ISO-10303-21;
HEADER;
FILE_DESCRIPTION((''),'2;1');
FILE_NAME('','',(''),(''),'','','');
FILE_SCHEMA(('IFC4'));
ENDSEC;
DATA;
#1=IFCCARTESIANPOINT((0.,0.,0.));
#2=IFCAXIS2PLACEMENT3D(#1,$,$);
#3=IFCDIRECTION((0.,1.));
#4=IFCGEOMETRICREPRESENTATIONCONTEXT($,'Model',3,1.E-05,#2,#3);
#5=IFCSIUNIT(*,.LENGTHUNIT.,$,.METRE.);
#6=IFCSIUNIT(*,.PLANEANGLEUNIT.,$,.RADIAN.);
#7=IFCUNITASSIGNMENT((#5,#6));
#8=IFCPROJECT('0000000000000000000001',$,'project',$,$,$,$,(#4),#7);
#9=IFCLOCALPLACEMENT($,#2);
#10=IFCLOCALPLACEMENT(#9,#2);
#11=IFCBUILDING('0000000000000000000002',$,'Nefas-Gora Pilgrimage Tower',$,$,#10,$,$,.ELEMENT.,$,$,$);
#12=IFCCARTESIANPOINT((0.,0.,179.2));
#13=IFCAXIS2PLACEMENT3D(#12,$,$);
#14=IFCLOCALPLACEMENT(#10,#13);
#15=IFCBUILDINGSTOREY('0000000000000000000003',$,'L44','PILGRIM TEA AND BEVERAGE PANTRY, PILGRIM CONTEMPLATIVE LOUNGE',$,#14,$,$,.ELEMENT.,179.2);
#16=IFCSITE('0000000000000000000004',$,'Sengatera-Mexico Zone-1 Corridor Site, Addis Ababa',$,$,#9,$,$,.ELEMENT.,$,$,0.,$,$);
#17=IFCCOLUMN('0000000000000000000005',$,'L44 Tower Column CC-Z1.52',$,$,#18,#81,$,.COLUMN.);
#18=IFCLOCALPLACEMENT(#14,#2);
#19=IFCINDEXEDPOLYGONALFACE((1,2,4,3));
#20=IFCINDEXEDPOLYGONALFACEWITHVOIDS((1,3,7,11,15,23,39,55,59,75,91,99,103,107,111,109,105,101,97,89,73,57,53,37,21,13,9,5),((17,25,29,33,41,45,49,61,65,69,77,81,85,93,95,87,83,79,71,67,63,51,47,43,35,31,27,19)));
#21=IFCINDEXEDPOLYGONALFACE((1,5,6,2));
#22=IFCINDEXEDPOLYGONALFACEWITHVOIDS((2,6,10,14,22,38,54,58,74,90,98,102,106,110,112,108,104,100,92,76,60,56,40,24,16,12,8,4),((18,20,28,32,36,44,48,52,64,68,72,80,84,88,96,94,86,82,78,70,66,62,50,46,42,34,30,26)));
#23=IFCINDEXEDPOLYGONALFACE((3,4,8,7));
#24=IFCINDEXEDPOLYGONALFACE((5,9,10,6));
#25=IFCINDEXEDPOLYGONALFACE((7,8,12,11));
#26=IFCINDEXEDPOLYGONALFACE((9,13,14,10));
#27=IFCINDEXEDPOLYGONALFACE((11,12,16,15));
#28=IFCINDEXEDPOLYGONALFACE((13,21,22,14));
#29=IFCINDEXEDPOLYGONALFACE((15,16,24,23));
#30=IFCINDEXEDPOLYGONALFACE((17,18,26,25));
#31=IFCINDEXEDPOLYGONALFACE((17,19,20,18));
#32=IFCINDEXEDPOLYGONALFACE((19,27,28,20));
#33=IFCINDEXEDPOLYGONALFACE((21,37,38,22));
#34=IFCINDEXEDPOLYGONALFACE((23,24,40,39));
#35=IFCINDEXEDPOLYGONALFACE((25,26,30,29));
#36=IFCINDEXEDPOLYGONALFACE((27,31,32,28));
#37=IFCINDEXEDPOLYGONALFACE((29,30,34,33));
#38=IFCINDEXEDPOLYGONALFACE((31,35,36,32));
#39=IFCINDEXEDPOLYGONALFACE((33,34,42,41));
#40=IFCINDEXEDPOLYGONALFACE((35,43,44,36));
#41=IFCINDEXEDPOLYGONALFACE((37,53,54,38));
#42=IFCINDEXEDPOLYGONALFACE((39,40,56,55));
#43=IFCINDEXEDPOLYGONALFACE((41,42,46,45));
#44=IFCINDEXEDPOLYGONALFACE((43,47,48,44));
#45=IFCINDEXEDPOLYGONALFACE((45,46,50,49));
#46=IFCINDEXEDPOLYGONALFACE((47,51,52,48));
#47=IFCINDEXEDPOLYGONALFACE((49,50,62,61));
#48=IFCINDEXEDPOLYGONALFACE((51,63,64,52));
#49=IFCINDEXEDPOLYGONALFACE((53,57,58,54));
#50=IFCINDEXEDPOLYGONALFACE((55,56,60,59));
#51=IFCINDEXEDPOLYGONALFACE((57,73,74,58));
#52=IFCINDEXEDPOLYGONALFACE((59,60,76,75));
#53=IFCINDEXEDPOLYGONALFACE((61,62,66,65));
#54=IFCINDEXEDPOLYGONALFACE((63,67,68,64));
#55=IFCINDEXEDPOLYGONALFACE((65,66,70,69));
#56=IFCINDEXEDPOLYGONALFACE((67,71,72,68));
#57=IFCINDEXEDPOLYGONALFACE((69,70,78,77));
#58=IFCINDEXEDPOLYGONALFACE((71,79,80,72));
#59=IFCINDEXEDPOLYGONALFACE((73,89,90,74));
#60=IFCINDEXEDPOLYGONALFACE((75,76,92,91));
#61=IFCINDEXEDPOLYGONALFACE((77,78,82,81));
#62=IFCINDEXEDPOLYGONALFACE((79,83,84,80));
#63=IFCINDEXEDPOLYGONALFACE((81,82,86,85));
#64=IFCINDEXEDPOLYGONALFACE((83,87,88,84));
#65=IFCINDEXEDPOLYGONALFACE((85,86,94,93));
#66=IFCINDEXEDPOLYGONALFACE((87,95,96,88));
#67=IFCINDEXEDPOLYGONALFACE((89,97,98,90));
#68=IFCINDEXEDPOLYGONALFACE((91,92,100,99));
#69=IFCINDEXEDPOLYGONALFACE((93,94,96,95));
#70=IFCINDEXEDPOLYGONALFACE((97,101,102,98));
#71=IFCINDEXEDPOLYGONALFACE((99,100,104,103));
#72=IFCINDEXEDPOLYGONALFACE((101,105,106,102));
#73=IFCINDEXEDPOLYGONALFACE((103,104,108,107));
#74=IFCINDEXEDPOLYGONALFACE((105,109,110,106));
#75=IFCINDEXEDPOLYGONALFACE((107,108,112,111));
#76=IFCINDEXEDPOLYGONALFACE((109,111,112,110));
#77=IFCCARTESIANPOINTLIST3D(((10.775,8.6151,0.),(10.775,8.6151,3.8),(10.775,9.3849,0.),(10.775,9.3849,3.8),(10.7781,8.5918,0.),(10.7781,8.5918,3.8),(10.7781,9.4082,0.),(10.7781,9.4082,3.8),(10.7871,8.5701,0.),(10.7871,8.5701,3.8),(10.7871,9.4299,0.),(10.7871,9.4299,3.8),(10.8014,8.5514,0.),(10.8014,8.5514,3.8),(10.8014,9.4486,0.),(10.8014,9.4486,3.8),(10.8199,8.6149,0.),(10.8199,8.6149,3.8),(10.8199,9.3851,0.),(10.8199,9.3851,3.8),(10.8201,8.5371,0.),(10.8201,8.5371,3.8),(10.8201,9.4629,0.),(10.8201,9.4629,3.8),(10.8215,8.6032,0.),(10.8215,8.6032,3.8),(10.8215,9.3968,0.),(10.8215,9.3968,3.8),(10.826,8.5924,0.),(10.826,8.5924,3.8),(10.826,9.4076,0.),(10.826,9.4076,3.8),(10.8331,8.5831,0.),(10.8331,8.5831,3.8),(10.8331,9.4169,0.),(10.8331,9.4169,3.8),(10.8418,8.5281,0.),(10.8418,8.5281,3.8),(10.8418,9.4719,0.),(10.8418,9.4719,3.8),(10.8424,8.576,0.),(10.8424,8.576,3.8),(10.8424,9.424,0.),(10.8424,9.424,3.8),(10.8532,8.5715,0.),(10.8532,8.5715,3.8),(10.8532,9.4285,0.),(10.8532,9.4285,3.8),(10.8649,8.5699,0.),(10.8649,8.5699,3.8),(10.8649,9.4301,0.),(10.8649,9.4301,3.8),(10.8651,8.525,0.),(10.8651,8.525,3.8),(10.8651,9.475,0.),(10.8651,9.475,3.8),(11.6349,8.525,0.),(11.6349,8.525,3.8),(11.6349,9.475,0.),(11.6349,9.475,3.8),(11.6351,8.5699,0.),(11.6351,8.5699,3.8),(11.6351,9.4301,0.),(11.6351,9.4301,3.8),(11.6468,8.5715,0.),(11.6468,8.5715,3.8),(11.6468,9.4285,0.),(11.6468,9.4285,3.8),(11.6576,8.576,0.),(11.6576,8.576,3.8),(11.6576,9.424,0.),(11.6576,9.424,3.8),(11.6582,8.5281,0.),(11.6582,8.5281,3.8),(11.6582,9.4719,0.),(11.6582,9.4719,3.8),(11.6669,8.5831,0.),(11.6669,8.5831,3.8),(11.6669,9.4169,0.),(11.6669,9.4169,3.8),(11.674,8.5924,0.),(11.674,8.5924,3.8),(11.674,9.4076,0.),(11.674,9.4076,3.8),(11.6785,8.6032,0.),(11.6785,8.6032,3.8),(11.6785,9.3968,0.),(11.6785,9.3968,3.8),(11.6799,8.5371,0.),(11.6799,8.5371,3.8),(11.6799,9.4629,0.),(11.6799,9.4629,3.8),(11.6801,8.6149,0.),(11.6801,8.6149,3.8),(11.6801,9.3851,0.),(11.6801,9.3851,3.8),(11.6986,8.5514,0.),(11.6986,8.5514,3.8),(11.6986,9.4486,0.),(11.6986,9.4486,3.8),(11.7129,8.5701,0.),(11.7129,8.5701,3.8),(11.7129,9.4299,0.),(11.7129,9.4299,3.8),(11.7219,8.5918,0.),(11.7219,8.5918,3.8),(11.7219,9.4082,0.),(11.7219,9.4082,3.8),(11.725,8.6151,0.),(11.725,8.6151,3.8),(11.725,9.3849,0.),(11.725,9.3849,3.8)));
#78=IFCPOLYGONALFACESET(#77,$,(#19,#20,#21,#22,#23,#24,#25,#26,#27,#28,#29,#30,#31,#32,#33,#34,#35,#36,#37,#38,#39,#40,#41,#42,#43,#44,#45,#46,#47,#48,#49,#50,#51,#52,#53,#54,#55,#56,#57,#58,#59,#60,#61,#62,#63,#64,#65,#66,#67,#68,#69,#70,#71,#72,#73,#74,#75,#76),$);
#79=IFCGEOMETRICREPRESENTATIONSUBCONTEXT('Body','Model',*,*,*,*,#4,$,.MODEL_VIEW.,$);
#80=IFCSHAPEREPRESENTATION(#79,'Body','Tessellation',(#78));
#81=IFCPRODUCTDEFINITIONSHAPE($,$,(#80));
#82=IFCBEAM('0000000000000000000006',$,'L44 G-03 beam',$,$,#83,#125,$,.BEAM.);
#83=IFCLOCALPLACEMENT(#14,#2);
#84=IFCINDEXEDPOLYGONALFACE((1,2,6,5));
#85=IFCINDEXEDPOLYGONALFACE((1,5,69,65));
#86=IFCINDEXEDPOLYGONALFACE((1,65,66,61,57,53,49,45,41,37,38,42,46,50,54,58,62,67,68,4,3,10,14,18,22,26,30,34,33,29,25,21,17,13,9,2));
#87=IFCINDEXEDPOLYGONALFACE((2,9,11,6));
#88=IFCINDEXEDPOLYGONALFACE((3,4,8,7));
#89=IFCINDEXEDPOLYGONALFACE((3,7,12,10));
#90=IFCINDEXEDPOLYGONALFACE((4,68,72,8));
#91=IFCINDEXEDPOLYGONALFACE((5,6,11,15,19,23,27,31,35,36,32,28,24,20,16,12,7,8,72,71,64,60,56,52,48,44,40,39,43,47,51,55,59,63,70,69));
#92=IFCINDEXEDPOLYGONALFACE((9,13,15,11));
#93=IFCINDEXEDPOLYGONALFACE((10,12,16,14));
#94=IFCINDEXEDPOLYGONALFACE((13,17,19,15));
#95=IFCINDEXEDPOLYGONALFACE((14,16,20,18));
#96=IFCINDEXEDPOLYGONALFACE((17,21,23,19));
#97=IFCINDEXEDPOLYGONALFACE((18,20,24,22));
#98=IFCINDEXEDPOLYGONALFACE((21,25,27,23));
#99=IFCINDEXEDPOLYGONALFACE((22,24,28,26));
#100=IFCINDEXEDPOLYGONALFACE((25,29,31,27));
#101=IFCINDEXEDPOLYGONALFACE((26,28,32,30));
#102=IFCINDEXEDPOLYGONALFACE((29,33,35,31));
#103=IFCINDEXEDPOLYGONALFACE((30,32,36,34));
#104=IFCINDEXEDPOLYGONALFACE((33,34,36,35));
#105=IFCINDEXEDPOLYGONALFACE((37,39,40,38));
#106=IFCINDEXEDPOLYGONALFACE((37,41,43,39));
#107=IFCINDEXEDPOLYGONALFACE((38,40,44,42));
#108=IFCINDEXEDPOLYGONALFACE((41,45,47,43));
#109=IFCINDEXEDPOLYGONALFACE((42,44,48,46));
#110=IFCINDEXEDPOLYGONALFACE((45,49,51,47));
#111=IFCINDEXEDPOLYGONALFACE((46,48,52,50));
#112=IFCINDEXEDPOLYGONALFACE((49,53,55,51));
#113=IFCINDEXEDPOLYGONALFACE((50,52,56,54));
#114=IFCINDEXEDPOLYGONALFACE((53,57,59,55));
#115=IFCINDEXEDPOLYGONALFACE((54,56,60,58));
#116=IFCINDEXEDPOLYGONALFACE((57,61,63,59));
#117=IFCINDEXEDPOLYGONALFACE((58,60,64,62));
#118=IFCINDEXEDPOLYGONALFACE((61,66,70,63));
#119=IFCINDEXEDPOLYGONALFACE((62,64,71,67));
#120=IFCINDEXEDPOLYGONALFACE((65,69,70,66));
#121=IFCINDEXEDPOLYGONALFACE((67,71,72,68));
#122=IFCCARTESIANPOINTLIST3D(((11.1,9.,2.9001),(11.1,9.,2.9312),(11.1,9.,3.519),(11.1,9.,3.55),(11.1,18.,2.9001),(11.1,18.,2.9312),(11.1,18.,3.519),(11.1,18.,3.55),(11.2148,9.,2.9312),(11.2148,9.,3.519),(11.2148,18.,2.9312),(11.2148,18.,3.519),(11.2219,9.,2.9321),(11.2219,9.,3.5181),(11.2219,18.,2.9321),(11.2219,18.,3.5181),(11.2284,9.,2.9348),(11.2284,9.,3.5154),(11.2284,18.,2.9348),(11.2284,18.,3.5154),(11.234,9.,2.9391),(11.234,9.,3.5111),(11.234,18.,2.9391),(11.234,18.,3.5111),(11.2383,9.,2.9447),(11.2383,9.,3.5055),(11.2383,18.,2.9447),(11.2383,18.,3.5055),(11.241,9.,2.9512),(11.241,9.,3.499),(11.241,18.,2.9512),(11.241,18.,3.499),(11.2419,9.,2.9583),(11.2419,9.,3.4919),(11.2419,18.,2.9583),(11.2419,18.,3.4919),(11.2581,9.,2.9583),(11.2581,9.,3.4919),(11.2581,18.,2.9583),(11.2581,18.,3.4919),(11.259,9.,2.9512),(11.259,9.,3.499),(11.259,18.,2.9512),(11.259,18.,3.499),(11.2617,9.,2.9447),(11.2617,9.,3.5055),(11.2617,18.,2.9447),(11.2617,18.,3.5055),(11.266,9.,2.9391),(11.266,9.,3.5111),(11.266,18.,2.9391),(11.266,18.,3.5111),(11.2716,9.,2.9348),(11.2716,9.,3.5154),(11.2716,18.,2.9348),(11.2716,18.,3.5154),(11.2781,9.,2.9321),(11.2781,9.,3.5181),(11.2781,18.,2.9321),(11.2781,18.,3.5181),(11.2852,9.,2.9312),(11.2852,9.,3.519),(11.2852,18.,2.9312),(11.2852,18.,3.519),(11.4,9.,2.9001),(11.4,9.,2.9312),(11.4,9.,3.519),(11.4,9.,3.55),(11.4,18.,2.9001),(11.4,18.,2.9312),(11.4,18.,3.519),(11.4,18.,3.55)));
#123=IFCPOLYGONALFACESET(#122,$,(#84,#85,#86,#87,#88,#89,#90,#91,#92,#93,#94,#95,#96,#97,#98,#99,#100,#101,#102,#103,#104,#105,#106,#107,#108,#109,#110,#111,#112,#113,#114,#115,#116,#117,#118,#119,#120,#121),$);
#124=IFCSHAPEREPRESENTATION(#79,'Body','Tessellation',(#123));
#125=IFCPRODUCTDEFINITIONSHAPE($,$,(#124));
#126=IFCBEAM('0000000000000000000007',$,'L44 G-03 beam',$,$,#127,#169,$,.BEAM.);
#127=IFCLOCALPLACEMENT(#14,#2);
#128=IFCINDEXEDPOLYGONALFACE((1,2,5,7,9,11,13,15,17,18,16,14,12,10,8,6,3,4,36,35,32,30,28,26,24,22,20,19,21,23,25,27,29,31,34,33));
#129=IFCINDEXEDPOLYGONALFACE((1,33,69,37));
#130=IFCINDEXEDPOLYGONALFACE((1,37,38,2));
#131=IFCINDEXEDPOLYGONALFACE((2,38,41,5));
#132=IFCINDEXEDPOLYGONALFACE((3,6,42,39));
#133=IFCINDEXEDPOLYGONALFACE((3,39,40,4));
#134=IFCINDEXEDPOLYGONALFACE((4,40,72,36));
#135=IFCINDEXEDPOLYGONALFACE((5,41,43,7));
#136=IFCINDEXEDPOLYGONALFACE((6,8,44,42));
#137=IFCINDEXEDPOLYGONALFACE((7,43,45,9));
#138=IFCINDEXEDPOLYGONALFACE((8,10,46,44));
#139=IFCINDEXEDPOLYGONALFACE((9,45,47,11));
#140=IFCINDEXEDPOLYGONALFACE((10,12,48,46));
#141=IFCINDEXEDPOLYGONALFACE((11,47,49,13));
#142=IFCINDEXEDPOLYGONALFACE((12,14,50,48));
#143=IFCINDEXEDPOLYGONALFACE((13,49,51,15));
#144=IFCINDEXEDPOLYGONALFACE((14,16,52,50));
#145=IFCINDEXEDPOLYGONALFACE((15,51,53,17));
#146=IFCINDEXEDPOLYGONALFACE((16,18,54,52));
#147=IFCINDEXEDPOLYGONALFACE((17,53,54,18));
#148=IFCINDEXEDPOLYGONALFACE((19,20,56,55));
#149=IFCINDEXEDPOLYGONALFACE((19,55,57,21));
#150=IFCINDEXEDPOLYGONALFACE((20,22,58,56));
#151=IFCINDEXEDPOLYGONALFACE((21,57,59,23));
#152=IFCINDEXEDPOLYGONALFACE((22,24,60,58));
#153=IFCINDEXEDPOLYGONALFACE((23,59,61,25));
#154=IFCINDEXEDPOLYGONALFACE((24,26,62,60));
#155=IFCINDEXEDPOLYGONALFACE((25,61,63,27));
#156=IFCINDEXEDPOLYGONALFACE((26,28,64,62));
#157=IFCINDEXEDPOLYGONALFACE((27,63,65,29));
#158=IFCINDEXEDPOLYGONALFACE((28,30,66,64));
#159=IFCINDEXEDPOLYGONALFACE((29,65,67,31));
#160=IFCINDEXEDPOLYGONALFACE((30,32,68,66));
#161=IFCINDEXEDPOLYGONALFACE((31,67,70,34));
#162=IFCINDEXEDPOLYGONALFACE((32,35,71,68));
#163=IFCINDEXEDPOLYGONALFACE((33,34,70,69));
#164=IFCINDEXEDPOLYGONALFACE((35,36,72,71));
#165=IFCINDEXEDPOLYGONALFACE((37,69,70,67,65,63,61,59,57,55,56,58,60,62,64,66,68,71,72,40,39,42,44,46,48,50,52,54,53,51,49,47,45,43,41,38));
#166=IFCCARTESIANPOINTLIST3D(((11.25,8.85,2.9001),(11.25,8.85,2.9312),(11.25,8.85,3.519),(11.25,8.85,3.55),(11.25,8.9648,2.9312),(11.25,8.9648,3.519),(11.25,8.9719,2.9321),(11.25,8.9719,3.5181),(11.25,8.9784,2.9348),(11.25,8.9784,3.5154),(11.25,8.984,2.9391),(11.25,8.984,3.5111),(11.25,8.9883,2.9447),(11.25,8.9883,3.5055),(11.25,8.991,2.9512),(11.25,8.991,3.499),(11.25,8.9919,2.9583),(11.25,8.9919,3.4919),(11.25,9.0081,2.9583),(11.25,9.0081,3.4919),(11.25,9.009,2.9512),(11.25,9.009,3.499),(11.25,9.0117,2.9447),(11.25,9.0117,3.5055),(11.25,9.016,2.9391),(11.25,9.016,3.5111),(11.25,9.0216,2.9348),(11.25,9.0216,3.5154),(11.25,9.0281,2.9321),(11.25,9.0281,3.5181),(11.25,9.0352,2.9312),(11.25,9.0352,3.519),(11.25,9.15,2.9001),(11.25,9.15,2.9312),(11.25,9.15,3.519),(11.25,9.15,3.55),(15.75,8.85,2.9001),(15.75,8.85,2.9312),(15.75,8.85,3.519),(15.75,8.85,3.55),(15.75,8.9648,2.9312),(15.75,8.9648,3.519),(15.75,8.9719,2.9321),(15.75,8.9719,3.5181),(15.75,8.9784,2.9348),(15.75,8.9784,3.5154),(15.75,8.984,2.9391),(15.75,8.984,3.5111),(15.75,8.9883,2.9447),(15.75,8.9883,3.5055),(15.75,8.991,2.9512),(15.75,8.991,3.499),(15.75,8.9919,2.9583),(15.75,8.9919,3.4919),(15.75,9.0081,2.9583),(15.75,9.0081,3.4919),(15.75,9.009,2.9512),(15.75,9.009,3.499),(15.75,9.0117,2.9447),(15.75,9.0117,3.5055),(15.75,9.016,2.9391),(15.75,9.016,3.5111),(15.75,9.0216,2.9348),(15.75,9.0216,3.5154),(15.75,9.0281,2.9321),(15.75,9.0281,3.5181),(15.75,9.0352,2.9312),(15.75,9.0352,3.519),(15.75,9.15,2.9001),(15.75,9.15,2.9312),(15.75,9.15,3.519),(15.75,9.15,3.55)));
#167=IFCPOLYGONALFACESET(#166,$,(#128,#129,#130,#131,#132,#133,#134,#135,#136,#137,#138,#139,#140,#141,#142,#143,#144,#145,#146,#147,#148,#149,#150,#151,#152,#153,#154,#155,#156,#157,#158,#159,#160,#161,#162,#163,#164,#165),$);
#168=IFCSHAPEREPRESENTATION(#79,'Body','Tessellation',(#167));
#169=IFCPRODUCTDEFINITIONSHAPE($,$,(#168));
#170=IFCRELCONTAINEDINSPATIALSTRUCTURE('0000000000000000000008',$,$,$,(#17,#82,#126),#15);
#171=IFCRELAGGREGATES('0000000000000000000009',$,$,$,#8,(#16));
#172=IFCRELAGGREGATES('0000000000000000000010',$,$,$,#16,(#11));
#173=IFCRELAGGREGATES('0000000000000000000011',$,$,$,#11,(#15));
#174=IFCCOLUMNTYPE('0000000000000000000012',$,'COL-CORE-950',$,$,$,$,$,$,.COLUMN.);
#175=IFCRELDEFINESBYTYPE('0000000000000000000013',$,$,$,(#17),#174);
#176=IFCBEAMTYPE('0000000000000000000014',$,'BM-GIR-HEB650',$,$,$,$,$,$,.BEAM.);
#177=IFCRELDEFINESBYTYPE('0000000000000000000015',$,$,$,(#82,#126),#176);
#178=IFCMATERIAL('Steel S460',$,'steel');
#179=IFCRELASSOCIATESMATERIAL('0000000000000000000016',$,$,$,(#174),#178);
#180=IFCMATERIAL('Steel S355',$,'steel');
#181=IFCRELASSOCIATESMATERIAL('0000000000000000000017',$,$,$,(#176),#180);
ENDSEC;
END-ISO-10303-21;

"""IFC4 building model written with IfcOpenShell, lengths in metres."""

from ifc_helpers import new_model, si_unit, direction, frame, origin, origin_2d, place, context, subcontext, project, spatial, hollow_rectangle, i_section, extrude, source, transform, mapped, material, material_profile, profile_set, type_object, element, save


model = new_model("IFC4")

# Units and contexts
model_context = context("Model", 3, precision=1e-05, world=origin(), true_north=direction((0.0, 1.0)))
body_context = subcontext(model_context, "Body", "Model", "MODEL_VIEW")
ifc_project = project(units=[si_unit("LENGTHUNIT", "METRE"), si_unit("PLANEANGLEUNIT", "RADIAN")], contexts=[model_context])

# Site, building, storey
site_placement = place(None, origin())
site = spatial("IfcSite", under=ifc_project, at=site_placement, Name="Sengatera-Mexico Zone-1 Corridor Site, Addis Ababa", CompositionType="ELEMENT", RefElevation=0.0)
building_placement = place(site_placement, origin())
building = spatial("IfcBuilding", under=site, at=building_placement, Name="Nefas-Gora Pilgrimage Tower", CompositionType="ELEMENT")
storey_placement = place(building_placement, frame((0.0, 0.0, 179.2)))
storey = spatial("IfcBuildingStorey", under=building, at=storey_placement, Name="L44", Description="PILGRIM TEA AND BEVERAGE PANTRY, PILGRIM CONTEMPLATIVE LOUNGE", CompositionType="ELEMENT", Elevation=179.2)

# Column
ifc_material_1 = material(Name="Steel S460", Category="steel")
ifc_material_profile_1 = material_profile(ifc_material_1, hollow_rectangle(XDim=0.95, YDim=0.95, WallThickness=0.0449, InnerFilletRadius=0.0449, OuterFilletRadius=0.0901, at=origin_2d()), Name="BOX 950x950x45")
ifc_profile_set_1 = profile_set([ifc_material_profile_1], Name="Steel S460")
column_type = type_object("IfcColumnType", Name="COL-CORE-950", PredefinedType="COLUMN", material=ifc_profile_set_1)
shared_shape_1 = source(origin(), body_context, "Body", "SweptSolid", [
    extrude(hollow_rectangle(XDim=0.95, YDim=0.95, WallThickness=0.0449, InnerFilletRadius=0.0449, OuterFilletRadius=0.0901, at=origin_2d()), origin(), (0.0, 0.0, 1.0), 3.8),
])
column_placement = place(storey_placement, frame((11.25, 9.0, 0.0), z_axis=(0.0, 0.0, 1.0), x_axis=(1.0, 0.0, 0.0)))
element("IfcColumn", 1, at=column_placement, inside=storey, type_object=column_type, Name="L44 Tower Column CC-Z1.52", PredefinedType="COLUMN", context=body_context, shape_type="MappedRepresentation", body=[
    mapped(shared_shape_1, transform((0.0, 0.0, 0.0), x_axis=(1.0, 0.0, 0.0), y_axis=(0.0, 1.0, 0.0), z_axis=(0.0, 0.0, 1.0), scale=1.0)),
])

# Beams
ifc_material_2 = material(Name="Steel S355", Category="steel")
ifc_material_profile_2 = material_profile(ifc_material_2, i_section(OverallWidth=0.3, OverallDepth=0.6499, WebThickness=0.0161, FlangeThickness=0.031, FilletRadius=0.0271, at=origin_2d()), Name="HEB 650")
ifc_profile_set_2 = profile_set([ifc_material_profile_2], Name="Steel S355")
beam_type = type_object("IfcBeamType", Name="BM-GIR-HEB650", PredefinedType="BEAM", material=ifc_profile_set_2)
shared_shape_2 = source(origin(), body_context, "Body", "SweptSolid", [
    extrude(i_section(OverallWidth=0.3, OverallDepth=0.6499, WebThickness=0.0161, FlangeThickness=0.031, FilletRadius=0.0271, at=origin_2d()), origin(), (0.0, 0.0, 1.0), 9.0),
])
beam_1_placement = place(storey_placement, frame((11.25, 9.0, 3.2251), z_axis=(0.0, 1.0, 0.0), x_axis=(-1.0, 0.0, 0.0)))
element("IfcBeam", 2, at=beam_1_placement, inside=storey, type_object=beam_type, Name="L44 G-03 beam", PredefinedType="BEAM", context=body_context, shape_type="MappedRepresentation", body=[
    mapped(shared_shape_2, transform((0.0, 0.0, 0.0), x_axis=(1.0, 0.0, 0.0), y_axis=(0.0, 1.0, 0.0), z_axis=(0.0, 0.0, 1.0), scale=1.0)),
])
shared_shape_3 = source(origin(), body_context, "Body", "SweptSolid", [
    extrude(i_section(OverallWidth=0.3, OverallDepth=0.6499, WebThickness=0.0161, FlangeThickness=0.031, FilletRadius=0.0271, at=origin_2d()), origin(), (0.0, 0.0, 1.0), 4.5),
])
beam_2_placement = place(storey_placement, frame((11.25, 9.0, 3.2251), z_axis=(1.0, 0.0, 0.0), x_axis=(0.0, 1.0, 0.0)))
element("IfcBeam", 3, at=beam_2_placement, inside=storey, type_object=beam_type, Name="L44 G-03 beam", PredefinedType="BEAM", context=body_context, shape_type="MappedRepresentation", body=[
    mapped(shared_shape_3, transform((0.0, 0.0, 0.0), x_axis=(1.0, 0.0, 0.0), y_axis=(0.0, 1.0, 0.0), z_axis=(0.0, 0.0, 1.0), scale=1.0)),
])

save(model, "model.ifc")
